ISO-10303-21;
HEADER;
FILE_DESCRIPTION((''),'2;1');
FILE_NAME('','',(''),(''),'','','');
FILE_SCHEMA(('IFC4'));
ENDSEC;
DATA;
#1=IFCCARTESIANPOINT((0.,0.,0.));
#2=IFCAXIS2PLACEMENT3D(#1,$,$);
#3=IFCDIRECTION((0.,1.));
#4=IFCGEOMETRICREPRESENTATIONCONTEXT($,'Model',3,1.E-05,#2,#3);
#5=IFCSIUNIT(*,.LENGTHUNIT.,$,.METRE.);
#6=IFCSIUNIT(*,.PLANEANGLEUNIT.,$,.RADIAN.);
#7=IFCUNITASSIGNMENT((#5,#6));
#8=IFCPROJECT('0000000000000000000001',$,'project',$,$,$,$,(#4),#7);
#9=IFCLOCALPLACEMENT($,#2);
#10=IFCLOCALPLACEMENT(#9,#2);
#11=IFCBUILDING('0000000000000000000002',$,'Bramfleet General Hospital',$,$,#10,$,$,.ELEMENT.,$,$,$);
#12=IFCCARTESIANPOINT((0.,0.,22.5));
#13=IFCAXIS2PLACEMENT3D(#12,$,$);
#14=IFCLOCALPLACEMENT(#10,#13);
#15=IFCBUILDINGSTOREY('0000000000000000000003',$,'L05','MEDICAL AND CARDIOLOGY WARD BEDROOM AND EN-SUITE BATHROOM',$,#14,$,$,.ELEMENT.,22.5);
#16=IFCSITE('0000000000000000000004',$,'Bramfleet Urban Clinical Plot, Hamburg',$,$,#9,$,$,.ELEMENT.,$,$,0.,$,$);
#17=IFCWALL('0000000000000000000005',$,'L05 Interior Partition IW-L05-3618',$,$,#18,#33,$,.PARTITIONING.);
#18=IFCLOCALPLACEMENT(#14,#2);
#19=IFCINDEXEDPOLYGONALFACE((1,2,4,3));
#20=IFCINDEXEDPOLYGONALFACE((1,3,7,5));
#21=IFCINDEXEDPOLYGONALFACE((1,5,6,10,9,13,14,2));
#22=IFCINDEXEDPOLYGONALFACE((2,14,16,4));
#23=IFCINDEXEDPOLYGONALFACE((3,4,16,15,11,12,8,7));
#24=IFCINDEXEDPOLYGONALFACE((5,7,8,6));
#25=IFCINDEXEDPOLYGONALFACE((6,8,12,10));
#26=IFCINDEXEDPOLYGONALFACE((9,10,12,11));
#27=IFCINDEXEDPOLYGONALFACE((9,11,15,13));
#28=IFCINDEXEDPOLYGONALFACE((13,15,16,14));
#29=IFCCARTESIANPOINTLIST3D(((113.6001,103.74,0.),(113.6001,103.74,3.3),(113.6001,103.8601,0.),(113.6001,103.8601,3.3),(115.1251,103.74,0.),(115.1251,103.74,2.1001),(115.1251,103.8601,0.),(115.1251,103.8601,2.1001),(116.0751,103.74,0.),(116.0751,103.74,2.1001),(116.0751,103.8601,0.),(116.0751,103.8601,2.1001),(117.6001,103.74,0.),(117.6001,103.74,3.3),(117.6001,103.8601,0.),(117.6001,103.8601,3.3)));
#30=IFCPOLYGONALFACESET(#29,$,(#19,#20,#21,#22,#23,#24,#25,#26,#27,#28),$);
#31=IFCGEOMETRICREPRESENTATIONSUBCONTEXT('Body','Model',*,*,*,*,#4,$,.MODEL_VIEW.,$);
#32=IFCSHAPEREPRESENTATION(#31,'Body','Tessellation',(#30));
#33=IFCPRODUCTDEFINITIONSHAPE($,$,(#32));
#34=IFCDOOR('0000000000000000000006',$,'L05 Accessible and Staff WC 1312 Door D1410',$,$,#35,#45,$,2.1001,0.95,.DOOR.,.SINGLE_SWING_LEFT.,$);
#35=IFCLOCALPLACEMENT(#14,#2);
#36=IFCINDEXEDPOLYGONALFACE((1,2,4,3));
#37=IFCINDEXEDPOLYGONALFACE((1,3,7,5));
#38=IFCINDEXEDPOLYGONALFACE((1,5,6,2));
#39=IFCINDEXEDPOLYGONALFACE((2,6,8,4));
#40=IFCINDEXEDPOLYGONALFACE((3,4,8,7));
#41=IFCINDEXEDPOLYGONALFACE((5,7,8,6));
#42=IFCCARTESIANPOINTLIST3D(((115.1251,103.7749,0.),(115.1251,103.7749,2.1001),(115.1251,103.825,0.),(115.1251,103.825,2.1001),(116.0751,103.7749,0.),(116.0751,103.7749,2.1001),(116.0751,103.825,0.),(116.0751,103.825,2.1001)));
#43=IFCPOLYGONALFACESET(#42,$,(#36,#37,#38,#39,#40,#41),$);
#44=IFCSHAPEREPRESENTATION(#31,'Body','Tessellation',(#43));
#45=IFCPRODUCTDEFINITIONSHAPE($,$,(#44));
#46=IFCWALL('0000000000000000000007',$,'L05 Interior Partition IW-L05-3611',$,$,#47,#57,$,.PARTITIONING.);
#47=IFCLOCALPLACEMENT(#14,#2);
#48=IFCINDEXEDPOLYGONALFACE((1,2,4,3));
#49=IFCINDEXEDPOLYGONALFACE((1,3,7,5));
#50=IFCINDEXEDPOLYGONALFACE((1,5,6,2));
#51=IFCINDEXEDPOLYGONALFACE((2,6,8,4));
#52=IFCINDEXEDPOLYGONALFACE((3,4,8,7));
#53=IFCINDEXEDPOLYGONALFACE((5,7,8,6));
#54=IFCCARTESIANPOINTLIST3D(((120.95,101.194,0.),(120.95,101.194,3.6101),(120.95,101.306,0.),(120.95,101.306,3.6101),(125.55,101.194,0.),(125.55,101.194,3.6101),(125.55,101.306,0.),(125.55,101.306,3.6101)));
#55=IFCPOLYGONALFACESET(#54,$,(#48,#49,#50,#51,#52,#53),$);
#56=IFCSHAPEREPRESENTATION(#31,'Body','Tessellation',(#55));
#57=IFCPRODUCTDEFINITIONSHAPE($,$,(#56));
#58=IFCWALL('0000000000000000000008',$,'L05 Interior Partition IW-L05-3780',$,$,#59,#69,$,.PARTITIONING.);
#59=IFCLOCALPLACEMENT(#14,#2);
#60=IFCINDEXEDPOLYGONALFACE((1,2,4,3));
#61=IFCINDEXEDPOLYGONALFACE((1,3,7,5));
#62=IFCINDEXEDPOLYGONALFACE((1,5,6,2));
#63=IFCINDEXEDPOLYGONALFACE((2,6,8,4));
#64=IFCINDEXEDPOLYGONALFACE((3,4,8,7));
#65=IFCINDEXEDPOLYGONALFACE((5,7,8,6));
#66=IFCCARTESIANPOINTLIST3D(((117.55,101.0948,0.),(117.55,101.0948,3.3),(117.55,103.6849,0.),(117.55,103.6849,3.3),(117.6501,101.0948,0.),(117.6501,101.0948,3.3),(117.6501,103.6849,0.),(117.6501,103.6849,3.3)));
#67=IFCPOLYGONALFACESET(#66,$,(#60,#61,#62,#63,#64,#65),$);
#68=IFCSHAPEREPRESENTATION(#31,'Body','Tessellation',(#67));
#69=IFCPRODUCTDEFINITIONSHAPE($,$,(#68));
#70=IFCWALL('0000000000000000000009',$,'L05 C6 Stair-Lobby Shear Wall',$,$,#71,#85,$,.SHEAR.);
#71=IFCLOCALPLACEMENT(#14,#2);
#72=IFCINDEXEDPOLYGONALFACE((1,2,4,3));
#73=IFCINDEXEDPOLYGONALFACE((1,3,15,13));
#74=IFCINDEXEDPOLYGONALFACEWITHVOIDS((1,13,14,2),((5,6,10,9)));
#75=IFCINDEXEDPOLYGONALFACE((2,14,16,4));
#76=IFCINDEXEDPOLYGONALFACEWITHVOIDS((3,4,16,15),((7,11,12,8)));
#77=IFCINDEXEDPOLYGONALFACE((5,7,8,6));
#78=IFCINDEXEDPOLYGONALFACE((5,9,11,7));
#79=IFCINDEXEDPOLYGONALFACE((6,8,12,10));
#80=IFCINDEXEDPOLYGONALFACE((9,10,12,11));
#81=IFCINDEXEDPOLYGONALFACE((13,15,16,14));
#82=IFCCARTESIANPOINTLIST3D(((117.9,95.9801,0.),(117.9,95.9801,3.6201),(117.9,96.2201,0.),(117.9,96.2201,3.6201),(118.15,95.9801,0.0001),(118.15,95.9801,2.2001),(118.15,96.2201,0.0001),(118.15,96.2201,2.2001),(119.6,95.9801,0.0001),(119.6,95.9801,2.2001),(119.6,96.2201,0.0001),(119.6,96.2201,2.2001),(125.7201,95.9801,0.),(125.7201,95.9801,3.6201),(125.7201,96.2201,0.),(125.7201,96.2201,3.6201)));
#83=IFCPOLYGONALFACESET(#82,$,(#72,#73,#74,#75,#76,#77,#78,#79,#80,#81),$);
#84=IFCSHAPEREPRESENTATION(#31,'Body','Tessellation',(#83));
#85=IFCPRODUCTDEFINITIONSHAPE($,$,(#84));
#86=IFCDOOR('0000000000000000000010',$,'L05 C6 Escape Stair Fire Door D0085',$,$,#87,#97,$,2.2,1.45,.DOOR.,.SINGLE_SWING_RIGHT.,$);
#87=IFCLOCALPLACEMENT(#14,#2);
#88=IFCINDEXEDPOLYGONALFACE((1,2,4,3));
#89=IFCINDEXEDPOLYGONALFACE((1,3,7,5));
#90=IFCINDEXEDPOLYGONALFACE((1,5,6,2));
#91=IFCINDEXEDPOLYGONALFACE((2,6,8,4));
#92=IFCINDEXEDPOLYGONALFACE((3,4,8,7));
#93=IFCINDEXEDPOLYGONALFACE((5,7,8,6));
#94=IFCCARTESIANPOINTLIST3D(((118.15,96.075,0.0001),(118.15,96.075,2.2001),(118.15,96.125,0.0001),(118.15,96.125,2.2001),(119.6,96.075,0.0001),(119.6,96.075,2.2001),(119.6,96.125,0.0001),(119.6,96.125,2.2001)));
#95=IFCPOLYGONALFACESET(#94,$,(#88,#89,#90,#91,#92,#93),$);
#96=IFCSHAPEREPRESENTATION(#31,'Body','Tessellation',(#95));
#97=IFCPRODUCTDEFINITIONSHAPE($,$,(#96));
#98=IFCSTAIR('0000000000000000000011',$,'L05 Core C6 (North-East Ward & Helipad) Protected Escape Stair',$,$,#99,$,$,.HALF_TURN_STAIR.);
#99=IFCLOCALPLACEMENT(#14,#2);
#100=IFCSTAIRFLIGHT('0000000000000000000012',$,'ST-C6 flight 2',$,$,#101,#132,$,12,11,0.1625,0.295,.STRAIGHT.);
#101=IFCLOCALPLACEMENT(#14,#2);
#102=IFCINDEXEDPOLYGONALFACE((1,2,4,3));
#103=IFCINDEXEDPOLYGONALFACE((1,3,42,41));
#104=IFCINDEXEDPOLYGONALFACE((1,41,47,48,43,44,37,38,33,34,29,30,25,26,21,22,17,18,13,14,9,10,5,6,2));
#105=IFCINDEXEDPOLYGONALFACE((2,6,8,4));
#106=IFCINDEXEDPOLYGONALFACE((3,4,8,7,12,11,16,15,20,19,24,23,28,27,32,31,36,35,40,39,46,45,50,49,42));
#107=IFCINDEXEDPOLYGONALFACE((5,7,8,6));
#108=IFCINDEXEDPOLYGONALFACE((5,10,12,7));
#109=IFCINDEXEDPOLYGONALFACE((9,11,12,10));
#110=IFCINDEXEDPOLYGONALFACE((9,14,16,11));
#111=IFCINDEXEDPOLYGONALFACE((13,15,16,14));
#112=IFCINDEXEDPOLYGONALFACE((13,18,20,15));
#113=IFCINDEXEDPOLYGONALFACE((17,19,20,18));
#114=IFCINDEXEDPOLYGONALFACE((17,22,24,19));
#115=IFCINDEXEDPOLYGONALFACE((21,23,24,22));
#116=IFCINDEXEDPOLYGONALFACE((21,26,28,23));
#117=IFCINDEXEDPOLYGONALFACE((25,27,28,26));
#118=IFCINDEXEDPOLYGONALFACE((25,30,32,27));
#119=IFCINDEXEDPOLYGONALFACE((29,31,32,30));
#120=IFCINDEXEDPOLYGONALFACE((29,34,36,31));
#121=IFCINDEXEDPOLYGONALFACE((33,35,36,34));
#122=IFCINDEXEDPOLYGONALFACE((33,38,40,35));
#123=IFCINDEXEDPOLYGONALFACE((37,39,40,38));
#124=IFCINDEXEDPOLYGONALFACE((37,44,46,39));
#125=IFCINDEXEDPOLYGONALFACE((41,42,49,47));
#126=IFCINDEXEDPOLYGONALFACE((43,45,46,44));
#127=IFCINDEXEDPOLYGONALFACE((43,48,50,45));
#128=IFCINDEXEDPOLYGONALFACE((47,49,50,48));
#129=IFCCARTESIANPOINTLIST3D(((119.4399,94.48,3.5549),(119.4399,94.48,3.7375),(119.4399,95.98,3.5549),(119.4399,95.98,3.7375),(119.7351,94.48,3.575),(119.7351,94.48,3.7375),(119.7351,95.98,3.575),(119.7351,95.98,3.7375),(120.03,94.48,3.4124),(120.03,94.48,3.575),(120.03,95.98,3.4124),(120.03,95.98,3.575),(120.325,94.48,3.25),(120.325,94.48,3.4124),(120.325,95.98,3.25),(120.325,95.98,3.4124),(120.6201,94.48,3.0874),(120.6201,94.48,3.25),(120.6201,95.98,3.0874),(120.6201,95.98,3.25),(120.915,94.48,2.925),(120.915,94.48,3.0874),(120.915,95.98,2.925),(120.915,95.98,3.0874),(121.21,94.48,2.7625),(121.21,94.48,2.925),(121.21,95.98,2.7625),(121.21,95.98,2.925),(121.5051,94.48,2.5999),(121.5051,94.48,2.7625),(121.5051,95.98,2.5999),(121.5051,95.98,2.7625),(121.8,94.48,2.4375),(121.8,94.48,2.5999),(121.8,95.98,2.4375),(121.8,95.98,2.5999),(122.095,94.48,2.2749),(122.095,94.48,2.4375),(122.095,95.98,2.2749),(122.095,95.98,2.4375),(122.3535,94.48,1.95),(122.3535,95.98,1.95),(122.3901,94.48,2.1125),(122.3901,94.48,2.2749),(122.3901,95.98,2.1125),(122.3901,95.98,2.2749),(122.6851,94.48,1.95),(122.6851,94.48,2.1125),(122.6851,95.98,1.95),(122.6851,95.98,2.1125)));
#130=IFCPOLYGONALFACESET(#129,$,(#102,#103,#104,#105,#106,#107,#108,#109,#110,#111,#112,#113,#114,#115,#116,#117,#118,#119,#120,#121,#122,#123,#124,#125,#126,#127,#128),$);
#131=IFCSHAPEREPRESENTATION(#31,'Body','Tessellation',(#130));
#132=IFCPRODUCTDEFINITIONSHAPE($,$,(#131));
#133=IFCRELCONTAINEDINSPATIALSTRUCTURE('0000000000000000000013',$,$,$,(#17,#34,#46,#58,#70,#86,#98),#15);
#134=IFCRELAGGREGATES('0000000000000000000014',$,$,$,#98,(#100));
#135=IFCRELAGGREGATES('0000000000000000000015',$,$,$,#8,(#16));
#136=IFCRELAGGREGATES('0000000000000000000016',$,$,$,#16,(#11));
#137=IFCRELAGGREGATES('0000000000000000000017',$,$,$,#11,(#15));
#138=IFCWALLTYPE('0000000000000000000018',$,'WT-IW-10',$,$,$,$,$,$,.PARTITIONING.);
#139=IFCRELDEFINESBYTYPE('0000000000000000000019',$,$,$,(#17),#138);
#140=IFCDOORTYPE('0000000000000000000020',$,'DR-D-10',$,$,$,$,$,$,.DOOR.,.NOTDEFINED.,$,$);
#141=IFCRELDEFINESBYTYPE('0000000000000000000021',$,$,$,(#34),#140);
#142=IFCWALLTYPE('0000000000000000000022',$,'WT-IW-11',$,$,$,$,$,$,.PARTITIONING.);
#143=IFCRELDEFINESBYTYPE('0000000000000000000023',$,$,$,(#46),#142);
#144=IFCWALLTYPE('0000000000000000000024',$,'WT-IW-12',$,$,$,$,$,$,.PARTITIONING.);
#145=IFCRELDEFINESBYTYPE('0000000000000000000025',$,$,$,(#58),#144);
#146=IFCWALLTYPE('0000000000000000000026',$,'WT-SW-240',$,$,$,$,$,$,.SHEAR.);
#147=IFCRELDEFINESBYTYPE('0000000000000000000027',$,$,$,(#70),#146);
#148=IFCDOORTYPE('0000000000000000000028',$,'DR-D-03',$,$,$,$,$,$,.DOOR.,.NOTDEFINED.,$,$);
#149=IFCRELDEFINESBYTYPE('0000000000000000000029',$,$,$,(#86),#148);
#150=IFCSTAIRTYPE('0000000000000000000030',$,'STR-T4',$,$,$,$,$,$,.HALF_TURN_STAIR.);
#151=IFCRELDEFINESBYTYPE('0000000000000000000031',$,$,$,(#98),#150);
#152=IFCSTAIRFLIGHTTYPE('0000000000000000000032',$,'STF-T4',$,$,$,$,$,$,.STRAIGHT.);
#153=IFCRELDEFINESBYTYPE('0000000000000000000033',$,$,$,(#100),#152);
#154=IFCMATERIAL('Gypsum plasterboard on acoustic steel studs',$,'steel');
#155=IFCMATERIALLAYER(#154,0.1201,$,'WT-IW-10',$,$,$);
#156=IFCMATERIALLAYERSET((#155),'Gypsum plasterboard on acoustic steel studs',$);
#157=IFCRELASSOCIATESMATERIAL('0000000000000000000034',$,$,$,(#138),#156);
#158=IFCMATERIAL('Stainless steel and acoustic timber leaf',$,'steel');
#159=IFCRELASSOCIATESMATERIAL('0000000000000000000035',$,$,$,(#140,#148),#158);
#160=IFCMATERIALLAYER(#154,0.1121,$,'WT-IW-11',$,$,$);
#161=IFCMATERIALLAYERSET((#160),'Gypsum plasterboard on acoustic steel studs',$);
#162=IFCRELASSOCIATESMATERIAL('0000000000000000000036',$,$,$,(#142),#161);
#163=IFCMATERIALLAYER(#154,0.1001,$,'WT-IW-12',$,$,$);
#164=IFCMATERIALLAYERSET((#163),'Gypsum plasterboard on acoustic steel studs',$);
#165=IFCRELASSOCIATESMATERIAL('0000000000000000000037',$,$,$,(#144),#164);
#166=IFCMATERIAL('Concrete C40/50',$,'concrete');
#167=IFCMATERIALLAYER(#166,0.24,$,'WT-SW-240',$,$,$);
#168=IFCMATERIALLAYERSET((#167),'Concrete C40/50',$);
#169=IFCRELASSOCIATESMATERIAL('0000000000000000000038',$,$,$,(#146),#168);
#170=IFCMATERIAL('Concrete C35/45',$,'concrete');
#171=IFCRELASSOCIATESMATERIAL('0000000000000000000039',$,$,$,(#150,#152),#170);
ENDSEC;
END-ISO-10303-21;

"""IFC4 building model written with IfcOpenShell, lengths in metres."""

from ifc_helpers import new_model, si_unit, direction, frame, frame_2d, origin, place, context, subcontext, project, spatial, polyline, rectangle, outline, extrude, material, layer, layer_set, type_object, element, fill, aggregate, save


model = new_model("IFC4")

# Units and contexts
model_context = context("Model", 3, precision=1e-05, world=origin(), true_north=direction((0.0, 1.0)))
body_context = subcontext(model_context, "Body", "Model", "MODEL_VIEW")
ifc_project = project(units=[si_unit("LENGTHUNIT", "METRE"), si_unit("PLANEANGLEUNIT", "RADIAN")], contexts=[model_context])

# Site, building, storey
site_placement = place(None, origin())
site = spatial("IfcSite", under=ifc_project, at=site_placement, Name="Bramfleet Urban Clinical Plot, Hamburg", CompositionType="ELEMENT", RefElevation=0.0)
building_placement = place(site_placement, origin())
building = spatial("IfcBuilding", under=site, at=building_placement, Name="Bramfleet General Hospital", CompositionType="ELEMENT")
storey_placement = place(building_placement, frame((0.0, 0.0, 22.5)))
storey = spatial("IfcBuildingStorey", under=building, at=storey_placement, Name="L05", Description="MEDICAL AND CARDIOLOGY WARD BEDROOM AND EN-SUITE BATHROOM", CompositionType="ELEMENT", Elevation=22.5)

# Shared definitions
ifc_material_1 = material(Name="Concrete C40/50", Category="concrete")

# Shared definitions
ifc_material_2 = material(Name="Concrete C35/45", Category="concrete")

# Shared definitions
ifc_material_3 = material(Name="Stainless steel and acoustic timber leaf", Category="steel")

# Shared definitions
ifc_material_4 = material(Name="Gypsum plasterboard on acoustic steel studs", Category="steel")

# Wall, opening, door
ifc_layer_1 = layer(ifc_material_4, 0.1201, Name="WT-IW-10")
ifc_layer_set_1 = layer_set([ifc_layer_1], Name="Gypsum plasterboard on acoustic steel studs")
wall_type_1 = type_object("IfcWallType", Name="WT-IW-10", PredefinedType="PARTITIONING", material=ifc_layer_set_1)
wall_1_placement = place(storey_placement, frame((113.6001, 103.8, 0.0), z_axis=(0.0, 0.0, 1.0), x_axis=(1.0, 0.0, 0.0)))
wall_1 = element("IfcWall", 1, at=wall_1_placement, inside=storey, type_object=wall_type_1, Name="L05 Interior Partition IW-L05-3618", PredefinedType="PARTITIONING", context=body_context, shape_type="SweptSolid", body=[
    extrude(rectangle(XDim=4.0, YDim=0.1201, at=frame_2d((2.0, 0.0))), origin(), (0.0, 0.0, 1.0), 3.3),
])
opening_1_placement = place(wall_1_placement, frame((1.5249, 0.0, 0.0)))
opening_1 = element("IfcOpeningElement", 2, at=opening_1_placement, cuts=wall_1, PredefinedType="OPENING", context=body_context, shape_type="SweptSolid", body=[
    extrude(rectangle(XDim=0.95, YDim=2.1001, at=frame_2d((0.4751, 1.05))), frame((0.0, 0.0701, 0.0), z_axis=(0.0, -1.0, 0.0), x_axis=(1.0, 0.0, 0.0)), (0.0, 0.0, 1.0), 0.1401),
])
door_type_1 = type_object("IfcDoorType", Name="DR-D-10", OperationType="NOTDEFINED", PredefinedType="DOOR", material=ifc_material_3)
door_1_placement = place(opening_1_placement, origin())
door_1 = element("IfcDoor", 3, at=door_1_placement, inside=storey, type_object=door_type_1, Name="L05 Accessible and Staff WC 1312 Door D1410", OperationType="SINGLE_SWING_LEFT", OverallHeight=2.1001, OverallWidth=0.95, PredefinedType="DOOR", context=body_context, shape_type="SweptSolid", body=[
    extrude(rectangle(XDim=0.95, YDim=2.1001, at=frame_2d((0.4751, 1.05))), frame((0.0, 0.0249, 0.0), z_axis=(0.0, -1.0, 0.0), x_axis=(1.0, 0.0, 0.0)), (0.0, 0.0, 1.0), 0.05),
])
fill(opening_1, door_1)

# Walls
ifc_layer_2 = layer(ifc_material_4, 0.1121, Name="WT-IW-11")
ifc_layer_set_2 = layer_set([ifc_layer_2], Name="Gypsum plasterboard on acoustic steel studs")
wall_type_2 = type_object("IfcWallType", Name="WT-IW-11", PredefinedType="PARTITIONING", material=ifc_layer_set_2)
wall_2_placement = place(storey_placement, frame((120.95, 101.25, 0.0), z_axis=(0.0, 0.0, 1.0), x_axis=(1.0, 0.0, 0.0)))
element("IfcWall", 4, at=wall_2_placement, inside=storey, type_object=wall_type_2, Name="L05 Interior Partition IW-L05-3611", PredefinedType="PARTITIONING", context=body_context, shape_type="SweptSolid", body=[
    extrude(rectangle(XDim=4.6001, YDim=0.1121, at=frame_2d((2.3, 0.0))), origin(), (0.0, 0.0, 1.0), 3.6101),
])
ifc_layer_3 = layer(ifc_material_4, 0.1001, Name="WT-IW-12")
ifc_layer_set_3 = layer_set([ifc_layer_3], Name="Gypsum plasterboard on acoustic steel studs")
wall_type_3 = type_object("IfcWallType", Name="WT-IW-12", PredefinedType="PARTITIONING", material=ifc_layer_set_3)
wall_3_placement = place(storey_placement, frame((117.6001, 101.095, 0.0), z_axis=(0.0, 0.0, 1.0), x_axis=(0.0, 1.0, 0.0)))
element("IfcWall", 5, at=wall_3_placement, inside=storey, type_object=wall_type_3, Name="L05 Interior Partition IW-L05-3780", PredefinedType="PARTITIONING", context=body_context, shape_type="SweptSolid", body=[
    extrude(rectangle(XDim=2.5901, YDim=0.1001, at=frame_2d((1.2949, 0.0))), origin(), (0.0, 0.0, 1.0), 3.3),
])

# Wall, opening, door
ifc_layer_4 = layer(ifc_material_1, 0.24, Name="WT-SW-240")
ifc_layer_set_4 = layer_set([ifc_layer_4], Name="Concrete C40/50")
wall_type_4 = type_object("IfcWallType", Name="WT-SW-240", PredefinedType="SHEAR", material=ifc_layer_set_4)
wall_4_placement = place(storey_placement, frame((117.8999, 96.1001, 0.0), z_axis=(0.0, 0.0, 1.0), x_axis=(1.0, 0.0, 0.0)))
wall_4 = element("IfcWall", 6, at=wall_4_placement, inside=storey, type_object=wall_type_4, Name="L05 C6 Stair-Lobby Shear Wall", PredefinedType="SHEAR", context=body_context, shape_type="SweptSolid", body=[
    extrude(rectangle(XDim=7.8201, YDim=0.24, at=frame_2d((3.9102, 0.0))), origin(), (0.0, 0.0, 1.0), 3.6201),
])
opening_2_placement = place(wall_4_placement, frame((0.25, 0.0, 0.0)))
opening_2 = element("IfcOpeningElement", 7, at=opening_2_placement, cuts=wall_4, PredefinedType="OPENING", context=body_context, shape_type="SweptSolid", body=[
    extrude(rectangle(XDim=1.45, YDim=2.2, at=frame_2d((0.7251, 1.1001))), frame((0.0, 0.1299, 0.0), z_axis=(0.0, -1.0, 0.0), x_axis=(1.0, 0.0, 0.0)), (0.0, 0.0, 1.0), 0.26),
])
door_type_2 = type_object("IfcDoorType", Name="DR-D-03", OperationType="NOTDEFINED", PredefinedType="DOOR", material=ifc_material_3)
door_2_placement = place(opening_2_placement, origin())
door_2 = element("IfcDoor", 8, at=door_2_placement, inside=storey, type_object=door_type_2, Name="L05 C6 Escape Stair Fire Door D0085", OperationType="SINGLE_SWING_RIGHT", OverallHeight=2.2, OverallWidth=1.45, PredefinedType="DOOR", context=body_context, shape_type="SweptSolid", body=[
    extrude(rectangle(XDim=1.45, YDim=2.2, at=frame_2d((0.7251, 1.1001))), frame((0.0, 0.0249, 0.0), z_axis=(0.0, -1.0, 0.0), x_axis=(1.0, 0.0, 0.0)), (0.0, 0.0, 1.0), 0.05),
])
fill(opening_2, door_2)

# Stair, stair flight
stair_type = type_object("IfcStairType", Name="STR-T4", PredefinedType="HALF_TURN_STAIR", material=ifc_material_2)
stair_placement = place(storey_placement, origin())
stair = element("IfcStair", 9, at=stair_placement, inside=storey, type_object=stair_type, Name="L05 Core C6 (North-East Ward & Helipad) Protected Escape Stair", PredefinedType="HALF_TURN_STAIR")
stair_flight_type = type_object("IfcStairFlightType", Name="STF-T4", PredefinedType="STRAIGHT", material=ifc_material_2)
stair_flight_placement = place(storey_placement, frame((122.6851, 95.23, 1.95), z_axis=(0.0, 0.0, 1.0), x_axis=(-1.0, 0.0, 0.0)))
stair_flight = element("IfcStairFlight", 10, at=stair_flight_placement, type_object=stair_flight_type, Name="ST-C6 flight 2", NumberOfRisers=12, NumberOfTreads=11, PredefinedType="STRAIGHT", RiserHeight=0.1625, TreadLength=0.295, context=body_context, shape_type="SweptSolid", body=[
    extrude(outline(polyline([(0.0, 0.0), (0.0, 0.1626), (0.2949, 0.1626), (0.2949, 0.325), (0.5901, 0.325), (0.5901, 0.4875), (0.885, 0.4875), (0.885, 0.6499), (1.1799, 0.6499), (1.1799, 0.8125), (1.4751, 0.8125), (1.4751, 0.9751), (1.77, 0.9751), (1.77, 1.1375), (2.0649, 1.1375), (2.0649, 1.3), (2.3601, 1.3), (2.3601, 1.4624), (2.655, 1.4624), (2.655, 1.625), (2.95, 1.625), (2.95, 1.7876), (3.2451, 1.7876), (3.2451, 1.95), (3.2451, 1.605), (0.3315, 0.0), (0.0, 0.0)])), frame((0.0, 0.75, 0.0), z_axis=(0.0, -1.0, 0.0), x_axis=(1.0, 0.0, 0.0)), (0.0, 0.0, 1.0), 1.5),
])
aggregate(stair, [stair_flight])

save(model, "model.ifc")
